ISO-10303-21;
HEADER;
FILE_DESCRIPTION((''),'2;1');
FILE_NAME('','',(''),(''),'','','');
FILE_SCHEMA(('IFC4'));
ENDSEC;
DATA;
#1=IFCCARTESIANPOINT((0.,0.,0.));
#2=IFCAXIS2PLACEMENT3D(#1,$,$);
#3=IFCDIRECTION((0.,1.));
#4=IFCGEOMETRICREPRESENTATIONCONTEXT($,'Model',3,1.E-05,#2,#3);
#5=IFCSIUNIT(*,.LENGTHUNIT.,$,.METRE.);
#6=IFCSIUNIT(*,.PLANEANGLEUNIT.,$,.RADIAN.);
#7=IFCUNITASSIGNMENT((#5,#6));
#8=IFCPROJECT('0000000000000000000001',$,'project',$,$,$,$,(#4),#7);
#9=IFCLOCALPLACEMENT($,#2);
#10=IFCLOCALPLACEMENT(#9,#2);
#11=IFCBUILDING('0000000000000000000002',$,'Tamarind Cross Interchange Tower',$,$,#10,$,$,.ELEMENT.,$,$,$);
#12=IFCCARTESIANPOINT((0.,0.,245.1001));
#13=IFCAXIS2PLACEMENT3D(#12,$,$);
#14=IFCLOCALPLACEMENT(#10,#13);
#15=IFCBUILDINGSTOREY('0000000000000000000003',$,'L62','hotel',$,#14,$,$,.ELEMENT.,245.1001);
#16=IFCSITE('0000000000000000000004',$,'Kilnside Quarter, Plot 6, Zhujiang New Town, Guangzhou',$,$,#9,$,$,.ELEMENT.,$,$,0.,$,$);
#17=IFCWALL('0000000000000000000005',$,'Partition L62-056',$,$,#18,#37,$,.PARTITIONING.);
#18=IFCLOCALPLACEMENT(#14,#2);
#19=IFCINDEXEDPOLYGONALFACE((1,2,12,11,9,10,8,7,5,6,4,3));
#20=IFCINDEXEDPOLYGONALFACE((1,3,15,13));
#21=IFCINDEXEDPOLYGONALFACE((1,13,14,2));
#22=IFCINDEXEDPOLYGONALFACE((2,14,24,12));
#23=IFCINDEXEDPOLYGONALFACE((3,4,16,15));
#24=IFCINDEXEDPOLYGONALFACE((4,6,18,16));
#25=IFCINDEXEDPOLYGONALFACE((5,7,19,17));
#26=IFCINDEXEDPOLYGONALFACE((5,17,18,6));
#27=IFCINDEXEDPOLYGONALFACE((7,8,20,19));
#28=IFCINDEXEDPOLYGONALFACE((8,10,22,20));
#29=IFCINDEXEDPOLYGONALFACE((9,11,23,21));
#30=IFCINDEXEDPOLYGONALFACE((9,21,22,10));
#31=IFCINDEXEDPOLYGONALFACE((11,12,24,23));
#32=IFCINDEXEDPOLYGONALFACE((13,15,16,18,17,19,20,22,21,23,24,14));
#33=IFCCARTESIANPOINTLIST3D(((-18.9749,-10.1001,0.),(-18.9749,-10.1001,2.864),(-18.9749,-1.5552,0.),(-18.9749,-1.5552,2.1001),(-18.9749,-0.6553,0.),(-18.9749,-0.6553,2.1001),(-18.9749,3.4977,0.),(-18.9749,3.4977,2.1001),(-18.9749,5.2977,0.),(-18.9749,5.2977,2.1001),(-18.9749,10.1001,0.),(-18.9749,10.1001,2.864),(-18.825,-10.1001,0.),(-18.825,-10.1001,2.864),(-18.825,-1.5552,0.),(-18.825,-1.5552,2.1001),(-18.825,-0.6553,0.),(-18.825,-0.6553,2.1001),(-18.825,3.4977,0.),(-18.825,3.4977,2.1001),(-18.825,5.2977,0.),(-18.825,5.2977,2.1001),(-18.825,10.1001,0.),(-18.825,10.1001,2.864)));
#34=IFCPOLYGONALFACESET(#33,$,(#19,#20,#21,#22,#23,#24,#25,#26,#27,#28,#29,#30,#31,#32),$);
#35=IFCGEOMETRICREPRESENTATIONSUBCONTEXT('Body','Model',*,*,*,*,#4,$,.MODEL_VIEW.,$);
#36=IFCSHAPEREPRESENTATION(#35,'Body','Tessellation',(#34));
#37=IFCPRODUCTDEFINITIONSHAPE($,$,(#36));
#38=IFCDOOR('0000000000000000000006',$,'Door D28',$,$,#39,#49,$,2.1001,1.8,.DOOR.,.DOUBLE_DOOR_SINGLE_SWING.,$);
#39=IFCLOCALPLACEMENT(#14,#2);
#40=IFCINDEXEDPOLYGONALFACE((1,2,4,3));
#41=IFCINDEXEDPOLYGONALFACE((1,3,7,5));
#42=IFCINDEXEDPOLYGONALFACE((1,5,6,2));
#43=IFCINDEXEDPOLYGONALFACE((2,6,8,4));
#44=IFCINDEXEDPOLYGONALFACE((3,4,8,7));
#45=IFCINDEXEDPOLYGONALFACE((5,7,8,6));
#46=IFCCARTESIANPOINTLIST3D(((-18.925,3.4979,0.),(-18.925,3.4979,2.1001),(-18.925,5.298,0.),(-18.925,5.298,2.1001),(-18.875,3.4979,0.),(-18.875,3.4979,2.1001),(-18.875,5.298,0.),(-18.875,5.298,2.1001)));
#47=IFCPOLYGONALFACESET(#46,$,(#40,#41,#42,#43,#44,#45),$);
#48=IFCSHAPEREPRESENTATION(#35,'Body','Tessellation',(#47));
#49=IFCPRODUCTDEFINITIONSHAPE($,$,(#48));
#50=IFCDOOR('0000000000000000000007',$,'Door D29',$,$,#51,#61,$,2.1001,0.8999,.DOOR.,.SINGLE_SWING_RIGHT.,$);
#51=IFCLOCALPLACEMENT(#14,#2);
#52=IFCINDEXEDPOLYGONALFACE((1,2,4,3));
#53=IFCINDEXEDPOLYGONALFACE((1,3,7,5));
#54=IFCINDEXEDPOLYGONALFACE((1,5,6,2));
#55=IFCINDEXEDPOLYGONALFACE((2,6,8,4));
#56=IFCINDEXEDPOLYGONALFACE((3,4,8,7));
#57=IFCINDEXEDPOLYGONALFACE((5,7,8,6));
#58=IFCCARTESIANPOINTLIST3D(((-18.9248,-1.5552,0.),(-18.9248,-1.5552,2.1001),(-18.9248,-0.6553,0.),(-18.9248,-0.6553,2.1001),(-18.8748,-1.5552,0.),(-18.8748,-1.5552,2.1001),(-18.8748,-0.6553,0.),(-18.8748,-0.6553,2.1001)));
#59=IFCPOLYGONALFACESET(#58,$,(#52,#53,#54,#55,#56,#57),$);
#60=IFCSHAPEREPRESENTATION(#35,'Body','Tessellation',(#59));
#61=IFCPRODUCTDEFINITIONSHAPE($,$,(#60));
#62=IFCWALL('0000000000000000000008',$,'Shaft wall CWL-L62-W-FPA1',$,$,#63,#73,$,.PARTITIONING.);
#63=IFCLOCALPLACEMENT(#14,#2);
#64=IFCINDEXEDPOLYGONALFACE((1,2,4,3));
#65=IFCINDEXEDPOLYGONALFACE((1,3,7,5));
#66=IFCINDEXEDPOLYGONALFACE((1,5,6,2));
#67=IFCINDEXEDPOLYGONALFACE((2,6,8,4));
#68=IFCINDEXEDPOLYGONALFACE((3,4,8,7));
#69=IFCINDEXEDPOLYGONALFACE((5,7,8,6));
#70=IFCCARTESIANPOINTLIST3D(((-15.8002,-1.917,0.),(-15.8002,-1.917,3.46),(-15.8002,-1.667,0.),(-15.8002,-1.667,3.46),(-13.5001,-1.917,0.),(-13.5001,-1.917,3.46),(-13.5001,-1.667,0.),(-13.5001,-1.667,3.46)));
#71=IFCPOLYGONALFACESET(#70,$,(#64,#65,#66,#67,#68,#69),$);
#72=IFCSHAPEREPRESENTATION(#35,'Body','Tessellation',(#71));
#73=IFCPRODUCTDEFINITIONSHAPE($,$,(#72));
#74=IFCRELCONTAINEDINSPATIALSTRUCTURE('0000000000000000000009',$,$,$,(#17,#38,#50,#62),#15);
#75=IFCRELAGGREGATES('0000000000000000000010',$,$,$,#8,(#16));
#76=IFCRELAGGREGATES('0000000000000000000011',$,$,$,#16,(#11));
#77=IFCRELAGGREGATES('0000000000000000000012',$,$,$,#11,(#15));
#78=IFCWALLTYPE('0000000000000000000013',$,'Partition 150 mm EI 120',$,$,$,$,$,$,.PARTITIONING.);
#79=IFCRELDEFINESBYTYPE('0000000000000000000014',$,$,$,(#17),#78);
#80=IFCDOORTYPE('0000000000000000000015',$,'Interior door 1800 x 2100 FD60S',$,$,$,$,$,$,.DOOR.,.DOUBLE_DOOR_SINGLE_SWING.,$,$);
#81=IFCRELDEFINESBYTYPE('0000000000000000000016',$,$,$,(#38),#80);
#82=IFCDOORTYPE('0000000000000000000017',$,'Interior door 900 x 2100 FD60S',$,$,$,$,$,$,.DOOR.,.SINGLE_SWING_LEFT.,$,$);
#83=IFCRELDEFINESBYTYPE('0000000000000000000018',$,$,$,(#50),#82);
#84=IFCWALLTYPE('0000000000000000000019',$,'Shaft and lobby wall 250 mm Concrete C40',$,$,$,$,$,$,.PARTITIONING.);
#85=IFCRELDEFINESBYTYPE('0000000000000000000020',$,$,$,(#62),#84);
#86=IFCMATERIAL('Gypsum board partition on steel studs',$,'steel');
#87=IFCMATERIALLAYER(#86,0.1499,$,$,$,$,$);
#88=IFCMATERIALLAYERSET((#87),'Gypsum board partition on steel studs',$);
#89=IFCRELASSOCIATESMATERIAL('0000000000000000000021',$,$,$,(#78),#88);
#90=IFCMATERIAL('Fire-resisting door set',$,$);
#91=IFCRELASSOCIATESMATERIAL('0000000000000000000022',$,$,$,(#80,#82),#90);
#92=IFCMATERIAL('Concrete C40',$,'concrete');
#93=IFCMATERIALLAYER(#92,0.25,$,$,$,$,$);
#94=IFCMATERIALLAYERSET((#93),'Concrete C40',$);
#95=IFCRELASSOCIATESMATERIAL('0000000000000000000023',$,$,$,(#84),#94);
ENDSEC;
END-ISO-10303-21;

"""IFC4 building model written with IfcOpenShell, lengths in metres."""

from ifc_helpers import new_model, si_unit, direction, frame, frame_2d, origin, place, context, subcontext, project, spatial, rectangle, extrude, material, layer, layer_set, type_object, element, fill, save


model = new_model("IFC4")

# Units and contexts
model_context = context("Model", 3, precision=1e-05, world=origin(), true_north=direction((0.0, 1.0)))
body_context = subcontext(model_context, "Body", "Model", "MODEL_VIEW")
ifc_project = project(units=[si_unit("LENGTHUNIT", "METRE"), si_unit("PLANEANGLEUNIT", "RADIAN")], contexts=[model_context])

# Site, building, storey
site_placement = place(None, origin())
site = spatial("IfcSite", under=ifc_project, at=site_placement, Name="Kilnside Quarter, Plot 6, Zhujiang New Town, Guangzhou", CompositionType="ELEMENT", RefElevation=0.0)
building_placement = place(site_placement, origin())
building = spatial("IfcBuilding", under=site, at=building_placement, Name="Tamarind Cross Interchange Tower", CompositionType="ELEMENT")
storey_placement = place(building_placement, frame((0.0, 0.0, 245.1001)))
storey = spatial("IfcBuildingStorey", under=building, at=storey_placement, Name="L62", Description="hotel", CompositionType="ELEMENT", Elevation=245.1001)

# Shared definitions
ifc_material_1 = material(Name="Gypsum board partition on steel studs", Category="steel")
ifc_layer_1 = layer(ifc_material_1, 0.1499)
ifc_layer_set_1 = layer_set([ifc_layer_1], Name="Gypsum board partition on steel studs")
wall_type_1 = type_object("IfcWallType", Name="Partition 150 mm EI 120", PredefinedType="PARTITIONING", material=ifc_layer_set_1)

# Wall, openings, doors
wall_1_placement = place(storey_placement, frame((-18.8999, -10.1001, 0.0), z_axis=(0.0, 0.0, 1.0), x_axis=(0.0, 1.0, 0.0)))
wall_1 = element("IfcWall", 1, at=wall_1_placement, inside=storey, type_object=wall_type_1, Name="Partition L62-056", PredefinedType="PARTITIONING", context=body_context, shape_type="SweptSolid", body=[
    extrude(rectangle(XDim=20.2002, YDim=0.1499, at=frame_2d((10.1001, 0.0))), origin(), (0.0, 0.0, 1.0), 2.864),
])
opening_1_placement = place(wall_1_placement, frame((13.5979, 0.0, 0.0)))
opening_1 = element("IfcOpeningElement", 2, at=opening_1_placement, cuts=wall_1, PredefinedType="OPENING", context=body_context, shape_type="SweptSolid", body=[
    extrude(rectangle(XDim=1.8, YDim=2.1001, at=frame_2d((0.8999, 1.05))), frame((0.0, 0.085, 0.0), z_axis=(0.0, -1.0, 0.0), x_axis=(1.0, 0.0, 0.0)), (0.0, 0.0, 1.0), 0.1699),
])
opening_2_placement = place(wall_1_placement, frame((8.5449, 0.0, 0.0)))
opening_2 = element("IfcOpeningElement", 3, at=opening_2_placement, cuts=wall_1, PredefinedType="OPENING", context=body_context, shape_type="SweptSolid", body=[
    extrude(rectangle(XDim=0.8999, YDim=2.1001, at=frame_2d((0.45, 1.05))), frame((0.0, 0.085, 0.0), z_axis=(0.0, -1.0, 0.0), x_axis=(1.0, 0.0, 0.0)), (0.0, 0.0, 1.0), 0.1699),
])
ifc_material_2 = material(Name="Fire-resisting door set")
door_type_1 = type_object("IfcDoorType", Name="Interior door 1800 x 2100 FD60S", OperationType="DOUBLE_DOOR_SINGLE_SWING", PredefinedType="DOOR", material=ifc_material_2)
door_1_placement = place(opening_1_placement, frame((1.8, 0.0, 0.0), z_axis=(0.0, 0.0, 1.0), x_axis=(-1.0, 0.0, 0.0)))
door_1 = element("IfcDoor", 4, at=door_1_placement, inside=storey, type_object=door_type_1, Name="Door D28", OperationType="DOUBLE_DOOR_SINGLE_SWING", OverallHeight=2.1001, OverallWidth=1.8, PredefinedType="DOOR", context=body_context, shape_type="SweptSolid", body=[
    extrude(rectangle(XDim=1.8, YDim=2.1001, at=frame_2d((0.8999, 1.05))), frame((0.0, 0.0249, 0.0), z_axis=(0.0, -1.0, 0.0), x_axis=(1.0, 0.0, 0.0)), (0.0, 0.0, 1.0), 0.05),
])
fill(opening_1, door_1)
door_type_2 = type_object("IfcDoorType", Name="Interior door 900 x 2100 FD60S", OperationType="SINGLE_SWING_LEFT", PredefinedType="DOOR", material=ifc_material_2)
door_2_placement = place(opening_2_placement, origin())
door_2 = element("IfcDoor", 5, at=door_2_placement, inside=storey, type_object=door_type_2, Name="Door D29", OperationType="SINGLE_SWING_RIGHT", OverallHeight=2.1001, OverallWidth=0.8999, PredefinedType="DOOR", context=body_context, shape_type="SweptSolid", body=[
    extrude(rectangle(XDim=0.8999, YDim=2.1001, at=frame_2d((0.45, 1.05))), frame((0.0, 0.0249, 0.0), z_axis=(0.0, -1.0, 0.0), x_axis=(1.0, 0.0, 0.0)), (0.0, 0.0, 1.0), 0.05),
])
fill(opening_2, door_2)

# Wall
ifc_material_3 = material(Name="Concrete C40", Category="concrete")
ifc_layer_2 = layer(ifc_material_3, 0.25)
ifc_layer_set_2 = layer_set([ifc_layer_2], Name="Concrete C40")
wall_type_2 = type_object("IfcWallType", Name="Shaft and lobby wall 250 mm Concrete C40", PredefinedType="PARTITIONING", material=ifc_layer_set_2)
wall_2_placement = place(storey_placement, frame((-15.8, -1.792, 0.0), z_axis=(0.0, 0.0, 1.0), x_axis=(1.0, 0.0, 0.0)))
element("IfcWall", 6, at=wall_2_placement, inside=storey, type_object=wall_type_2, Name="Shaft wall CWL-L62-W-FPA1", PredefinedType="PARTITIONING", context=body_context, shape_type="SweptSolid", body=[
    extrude(rectangle(XDim=2.3, YDim=0.25, at=frame_2d((1.1499, 0.0))), origin(), (0.0, 0.0, 1.0), 3.46),
])

save(model, "model.ifc")
